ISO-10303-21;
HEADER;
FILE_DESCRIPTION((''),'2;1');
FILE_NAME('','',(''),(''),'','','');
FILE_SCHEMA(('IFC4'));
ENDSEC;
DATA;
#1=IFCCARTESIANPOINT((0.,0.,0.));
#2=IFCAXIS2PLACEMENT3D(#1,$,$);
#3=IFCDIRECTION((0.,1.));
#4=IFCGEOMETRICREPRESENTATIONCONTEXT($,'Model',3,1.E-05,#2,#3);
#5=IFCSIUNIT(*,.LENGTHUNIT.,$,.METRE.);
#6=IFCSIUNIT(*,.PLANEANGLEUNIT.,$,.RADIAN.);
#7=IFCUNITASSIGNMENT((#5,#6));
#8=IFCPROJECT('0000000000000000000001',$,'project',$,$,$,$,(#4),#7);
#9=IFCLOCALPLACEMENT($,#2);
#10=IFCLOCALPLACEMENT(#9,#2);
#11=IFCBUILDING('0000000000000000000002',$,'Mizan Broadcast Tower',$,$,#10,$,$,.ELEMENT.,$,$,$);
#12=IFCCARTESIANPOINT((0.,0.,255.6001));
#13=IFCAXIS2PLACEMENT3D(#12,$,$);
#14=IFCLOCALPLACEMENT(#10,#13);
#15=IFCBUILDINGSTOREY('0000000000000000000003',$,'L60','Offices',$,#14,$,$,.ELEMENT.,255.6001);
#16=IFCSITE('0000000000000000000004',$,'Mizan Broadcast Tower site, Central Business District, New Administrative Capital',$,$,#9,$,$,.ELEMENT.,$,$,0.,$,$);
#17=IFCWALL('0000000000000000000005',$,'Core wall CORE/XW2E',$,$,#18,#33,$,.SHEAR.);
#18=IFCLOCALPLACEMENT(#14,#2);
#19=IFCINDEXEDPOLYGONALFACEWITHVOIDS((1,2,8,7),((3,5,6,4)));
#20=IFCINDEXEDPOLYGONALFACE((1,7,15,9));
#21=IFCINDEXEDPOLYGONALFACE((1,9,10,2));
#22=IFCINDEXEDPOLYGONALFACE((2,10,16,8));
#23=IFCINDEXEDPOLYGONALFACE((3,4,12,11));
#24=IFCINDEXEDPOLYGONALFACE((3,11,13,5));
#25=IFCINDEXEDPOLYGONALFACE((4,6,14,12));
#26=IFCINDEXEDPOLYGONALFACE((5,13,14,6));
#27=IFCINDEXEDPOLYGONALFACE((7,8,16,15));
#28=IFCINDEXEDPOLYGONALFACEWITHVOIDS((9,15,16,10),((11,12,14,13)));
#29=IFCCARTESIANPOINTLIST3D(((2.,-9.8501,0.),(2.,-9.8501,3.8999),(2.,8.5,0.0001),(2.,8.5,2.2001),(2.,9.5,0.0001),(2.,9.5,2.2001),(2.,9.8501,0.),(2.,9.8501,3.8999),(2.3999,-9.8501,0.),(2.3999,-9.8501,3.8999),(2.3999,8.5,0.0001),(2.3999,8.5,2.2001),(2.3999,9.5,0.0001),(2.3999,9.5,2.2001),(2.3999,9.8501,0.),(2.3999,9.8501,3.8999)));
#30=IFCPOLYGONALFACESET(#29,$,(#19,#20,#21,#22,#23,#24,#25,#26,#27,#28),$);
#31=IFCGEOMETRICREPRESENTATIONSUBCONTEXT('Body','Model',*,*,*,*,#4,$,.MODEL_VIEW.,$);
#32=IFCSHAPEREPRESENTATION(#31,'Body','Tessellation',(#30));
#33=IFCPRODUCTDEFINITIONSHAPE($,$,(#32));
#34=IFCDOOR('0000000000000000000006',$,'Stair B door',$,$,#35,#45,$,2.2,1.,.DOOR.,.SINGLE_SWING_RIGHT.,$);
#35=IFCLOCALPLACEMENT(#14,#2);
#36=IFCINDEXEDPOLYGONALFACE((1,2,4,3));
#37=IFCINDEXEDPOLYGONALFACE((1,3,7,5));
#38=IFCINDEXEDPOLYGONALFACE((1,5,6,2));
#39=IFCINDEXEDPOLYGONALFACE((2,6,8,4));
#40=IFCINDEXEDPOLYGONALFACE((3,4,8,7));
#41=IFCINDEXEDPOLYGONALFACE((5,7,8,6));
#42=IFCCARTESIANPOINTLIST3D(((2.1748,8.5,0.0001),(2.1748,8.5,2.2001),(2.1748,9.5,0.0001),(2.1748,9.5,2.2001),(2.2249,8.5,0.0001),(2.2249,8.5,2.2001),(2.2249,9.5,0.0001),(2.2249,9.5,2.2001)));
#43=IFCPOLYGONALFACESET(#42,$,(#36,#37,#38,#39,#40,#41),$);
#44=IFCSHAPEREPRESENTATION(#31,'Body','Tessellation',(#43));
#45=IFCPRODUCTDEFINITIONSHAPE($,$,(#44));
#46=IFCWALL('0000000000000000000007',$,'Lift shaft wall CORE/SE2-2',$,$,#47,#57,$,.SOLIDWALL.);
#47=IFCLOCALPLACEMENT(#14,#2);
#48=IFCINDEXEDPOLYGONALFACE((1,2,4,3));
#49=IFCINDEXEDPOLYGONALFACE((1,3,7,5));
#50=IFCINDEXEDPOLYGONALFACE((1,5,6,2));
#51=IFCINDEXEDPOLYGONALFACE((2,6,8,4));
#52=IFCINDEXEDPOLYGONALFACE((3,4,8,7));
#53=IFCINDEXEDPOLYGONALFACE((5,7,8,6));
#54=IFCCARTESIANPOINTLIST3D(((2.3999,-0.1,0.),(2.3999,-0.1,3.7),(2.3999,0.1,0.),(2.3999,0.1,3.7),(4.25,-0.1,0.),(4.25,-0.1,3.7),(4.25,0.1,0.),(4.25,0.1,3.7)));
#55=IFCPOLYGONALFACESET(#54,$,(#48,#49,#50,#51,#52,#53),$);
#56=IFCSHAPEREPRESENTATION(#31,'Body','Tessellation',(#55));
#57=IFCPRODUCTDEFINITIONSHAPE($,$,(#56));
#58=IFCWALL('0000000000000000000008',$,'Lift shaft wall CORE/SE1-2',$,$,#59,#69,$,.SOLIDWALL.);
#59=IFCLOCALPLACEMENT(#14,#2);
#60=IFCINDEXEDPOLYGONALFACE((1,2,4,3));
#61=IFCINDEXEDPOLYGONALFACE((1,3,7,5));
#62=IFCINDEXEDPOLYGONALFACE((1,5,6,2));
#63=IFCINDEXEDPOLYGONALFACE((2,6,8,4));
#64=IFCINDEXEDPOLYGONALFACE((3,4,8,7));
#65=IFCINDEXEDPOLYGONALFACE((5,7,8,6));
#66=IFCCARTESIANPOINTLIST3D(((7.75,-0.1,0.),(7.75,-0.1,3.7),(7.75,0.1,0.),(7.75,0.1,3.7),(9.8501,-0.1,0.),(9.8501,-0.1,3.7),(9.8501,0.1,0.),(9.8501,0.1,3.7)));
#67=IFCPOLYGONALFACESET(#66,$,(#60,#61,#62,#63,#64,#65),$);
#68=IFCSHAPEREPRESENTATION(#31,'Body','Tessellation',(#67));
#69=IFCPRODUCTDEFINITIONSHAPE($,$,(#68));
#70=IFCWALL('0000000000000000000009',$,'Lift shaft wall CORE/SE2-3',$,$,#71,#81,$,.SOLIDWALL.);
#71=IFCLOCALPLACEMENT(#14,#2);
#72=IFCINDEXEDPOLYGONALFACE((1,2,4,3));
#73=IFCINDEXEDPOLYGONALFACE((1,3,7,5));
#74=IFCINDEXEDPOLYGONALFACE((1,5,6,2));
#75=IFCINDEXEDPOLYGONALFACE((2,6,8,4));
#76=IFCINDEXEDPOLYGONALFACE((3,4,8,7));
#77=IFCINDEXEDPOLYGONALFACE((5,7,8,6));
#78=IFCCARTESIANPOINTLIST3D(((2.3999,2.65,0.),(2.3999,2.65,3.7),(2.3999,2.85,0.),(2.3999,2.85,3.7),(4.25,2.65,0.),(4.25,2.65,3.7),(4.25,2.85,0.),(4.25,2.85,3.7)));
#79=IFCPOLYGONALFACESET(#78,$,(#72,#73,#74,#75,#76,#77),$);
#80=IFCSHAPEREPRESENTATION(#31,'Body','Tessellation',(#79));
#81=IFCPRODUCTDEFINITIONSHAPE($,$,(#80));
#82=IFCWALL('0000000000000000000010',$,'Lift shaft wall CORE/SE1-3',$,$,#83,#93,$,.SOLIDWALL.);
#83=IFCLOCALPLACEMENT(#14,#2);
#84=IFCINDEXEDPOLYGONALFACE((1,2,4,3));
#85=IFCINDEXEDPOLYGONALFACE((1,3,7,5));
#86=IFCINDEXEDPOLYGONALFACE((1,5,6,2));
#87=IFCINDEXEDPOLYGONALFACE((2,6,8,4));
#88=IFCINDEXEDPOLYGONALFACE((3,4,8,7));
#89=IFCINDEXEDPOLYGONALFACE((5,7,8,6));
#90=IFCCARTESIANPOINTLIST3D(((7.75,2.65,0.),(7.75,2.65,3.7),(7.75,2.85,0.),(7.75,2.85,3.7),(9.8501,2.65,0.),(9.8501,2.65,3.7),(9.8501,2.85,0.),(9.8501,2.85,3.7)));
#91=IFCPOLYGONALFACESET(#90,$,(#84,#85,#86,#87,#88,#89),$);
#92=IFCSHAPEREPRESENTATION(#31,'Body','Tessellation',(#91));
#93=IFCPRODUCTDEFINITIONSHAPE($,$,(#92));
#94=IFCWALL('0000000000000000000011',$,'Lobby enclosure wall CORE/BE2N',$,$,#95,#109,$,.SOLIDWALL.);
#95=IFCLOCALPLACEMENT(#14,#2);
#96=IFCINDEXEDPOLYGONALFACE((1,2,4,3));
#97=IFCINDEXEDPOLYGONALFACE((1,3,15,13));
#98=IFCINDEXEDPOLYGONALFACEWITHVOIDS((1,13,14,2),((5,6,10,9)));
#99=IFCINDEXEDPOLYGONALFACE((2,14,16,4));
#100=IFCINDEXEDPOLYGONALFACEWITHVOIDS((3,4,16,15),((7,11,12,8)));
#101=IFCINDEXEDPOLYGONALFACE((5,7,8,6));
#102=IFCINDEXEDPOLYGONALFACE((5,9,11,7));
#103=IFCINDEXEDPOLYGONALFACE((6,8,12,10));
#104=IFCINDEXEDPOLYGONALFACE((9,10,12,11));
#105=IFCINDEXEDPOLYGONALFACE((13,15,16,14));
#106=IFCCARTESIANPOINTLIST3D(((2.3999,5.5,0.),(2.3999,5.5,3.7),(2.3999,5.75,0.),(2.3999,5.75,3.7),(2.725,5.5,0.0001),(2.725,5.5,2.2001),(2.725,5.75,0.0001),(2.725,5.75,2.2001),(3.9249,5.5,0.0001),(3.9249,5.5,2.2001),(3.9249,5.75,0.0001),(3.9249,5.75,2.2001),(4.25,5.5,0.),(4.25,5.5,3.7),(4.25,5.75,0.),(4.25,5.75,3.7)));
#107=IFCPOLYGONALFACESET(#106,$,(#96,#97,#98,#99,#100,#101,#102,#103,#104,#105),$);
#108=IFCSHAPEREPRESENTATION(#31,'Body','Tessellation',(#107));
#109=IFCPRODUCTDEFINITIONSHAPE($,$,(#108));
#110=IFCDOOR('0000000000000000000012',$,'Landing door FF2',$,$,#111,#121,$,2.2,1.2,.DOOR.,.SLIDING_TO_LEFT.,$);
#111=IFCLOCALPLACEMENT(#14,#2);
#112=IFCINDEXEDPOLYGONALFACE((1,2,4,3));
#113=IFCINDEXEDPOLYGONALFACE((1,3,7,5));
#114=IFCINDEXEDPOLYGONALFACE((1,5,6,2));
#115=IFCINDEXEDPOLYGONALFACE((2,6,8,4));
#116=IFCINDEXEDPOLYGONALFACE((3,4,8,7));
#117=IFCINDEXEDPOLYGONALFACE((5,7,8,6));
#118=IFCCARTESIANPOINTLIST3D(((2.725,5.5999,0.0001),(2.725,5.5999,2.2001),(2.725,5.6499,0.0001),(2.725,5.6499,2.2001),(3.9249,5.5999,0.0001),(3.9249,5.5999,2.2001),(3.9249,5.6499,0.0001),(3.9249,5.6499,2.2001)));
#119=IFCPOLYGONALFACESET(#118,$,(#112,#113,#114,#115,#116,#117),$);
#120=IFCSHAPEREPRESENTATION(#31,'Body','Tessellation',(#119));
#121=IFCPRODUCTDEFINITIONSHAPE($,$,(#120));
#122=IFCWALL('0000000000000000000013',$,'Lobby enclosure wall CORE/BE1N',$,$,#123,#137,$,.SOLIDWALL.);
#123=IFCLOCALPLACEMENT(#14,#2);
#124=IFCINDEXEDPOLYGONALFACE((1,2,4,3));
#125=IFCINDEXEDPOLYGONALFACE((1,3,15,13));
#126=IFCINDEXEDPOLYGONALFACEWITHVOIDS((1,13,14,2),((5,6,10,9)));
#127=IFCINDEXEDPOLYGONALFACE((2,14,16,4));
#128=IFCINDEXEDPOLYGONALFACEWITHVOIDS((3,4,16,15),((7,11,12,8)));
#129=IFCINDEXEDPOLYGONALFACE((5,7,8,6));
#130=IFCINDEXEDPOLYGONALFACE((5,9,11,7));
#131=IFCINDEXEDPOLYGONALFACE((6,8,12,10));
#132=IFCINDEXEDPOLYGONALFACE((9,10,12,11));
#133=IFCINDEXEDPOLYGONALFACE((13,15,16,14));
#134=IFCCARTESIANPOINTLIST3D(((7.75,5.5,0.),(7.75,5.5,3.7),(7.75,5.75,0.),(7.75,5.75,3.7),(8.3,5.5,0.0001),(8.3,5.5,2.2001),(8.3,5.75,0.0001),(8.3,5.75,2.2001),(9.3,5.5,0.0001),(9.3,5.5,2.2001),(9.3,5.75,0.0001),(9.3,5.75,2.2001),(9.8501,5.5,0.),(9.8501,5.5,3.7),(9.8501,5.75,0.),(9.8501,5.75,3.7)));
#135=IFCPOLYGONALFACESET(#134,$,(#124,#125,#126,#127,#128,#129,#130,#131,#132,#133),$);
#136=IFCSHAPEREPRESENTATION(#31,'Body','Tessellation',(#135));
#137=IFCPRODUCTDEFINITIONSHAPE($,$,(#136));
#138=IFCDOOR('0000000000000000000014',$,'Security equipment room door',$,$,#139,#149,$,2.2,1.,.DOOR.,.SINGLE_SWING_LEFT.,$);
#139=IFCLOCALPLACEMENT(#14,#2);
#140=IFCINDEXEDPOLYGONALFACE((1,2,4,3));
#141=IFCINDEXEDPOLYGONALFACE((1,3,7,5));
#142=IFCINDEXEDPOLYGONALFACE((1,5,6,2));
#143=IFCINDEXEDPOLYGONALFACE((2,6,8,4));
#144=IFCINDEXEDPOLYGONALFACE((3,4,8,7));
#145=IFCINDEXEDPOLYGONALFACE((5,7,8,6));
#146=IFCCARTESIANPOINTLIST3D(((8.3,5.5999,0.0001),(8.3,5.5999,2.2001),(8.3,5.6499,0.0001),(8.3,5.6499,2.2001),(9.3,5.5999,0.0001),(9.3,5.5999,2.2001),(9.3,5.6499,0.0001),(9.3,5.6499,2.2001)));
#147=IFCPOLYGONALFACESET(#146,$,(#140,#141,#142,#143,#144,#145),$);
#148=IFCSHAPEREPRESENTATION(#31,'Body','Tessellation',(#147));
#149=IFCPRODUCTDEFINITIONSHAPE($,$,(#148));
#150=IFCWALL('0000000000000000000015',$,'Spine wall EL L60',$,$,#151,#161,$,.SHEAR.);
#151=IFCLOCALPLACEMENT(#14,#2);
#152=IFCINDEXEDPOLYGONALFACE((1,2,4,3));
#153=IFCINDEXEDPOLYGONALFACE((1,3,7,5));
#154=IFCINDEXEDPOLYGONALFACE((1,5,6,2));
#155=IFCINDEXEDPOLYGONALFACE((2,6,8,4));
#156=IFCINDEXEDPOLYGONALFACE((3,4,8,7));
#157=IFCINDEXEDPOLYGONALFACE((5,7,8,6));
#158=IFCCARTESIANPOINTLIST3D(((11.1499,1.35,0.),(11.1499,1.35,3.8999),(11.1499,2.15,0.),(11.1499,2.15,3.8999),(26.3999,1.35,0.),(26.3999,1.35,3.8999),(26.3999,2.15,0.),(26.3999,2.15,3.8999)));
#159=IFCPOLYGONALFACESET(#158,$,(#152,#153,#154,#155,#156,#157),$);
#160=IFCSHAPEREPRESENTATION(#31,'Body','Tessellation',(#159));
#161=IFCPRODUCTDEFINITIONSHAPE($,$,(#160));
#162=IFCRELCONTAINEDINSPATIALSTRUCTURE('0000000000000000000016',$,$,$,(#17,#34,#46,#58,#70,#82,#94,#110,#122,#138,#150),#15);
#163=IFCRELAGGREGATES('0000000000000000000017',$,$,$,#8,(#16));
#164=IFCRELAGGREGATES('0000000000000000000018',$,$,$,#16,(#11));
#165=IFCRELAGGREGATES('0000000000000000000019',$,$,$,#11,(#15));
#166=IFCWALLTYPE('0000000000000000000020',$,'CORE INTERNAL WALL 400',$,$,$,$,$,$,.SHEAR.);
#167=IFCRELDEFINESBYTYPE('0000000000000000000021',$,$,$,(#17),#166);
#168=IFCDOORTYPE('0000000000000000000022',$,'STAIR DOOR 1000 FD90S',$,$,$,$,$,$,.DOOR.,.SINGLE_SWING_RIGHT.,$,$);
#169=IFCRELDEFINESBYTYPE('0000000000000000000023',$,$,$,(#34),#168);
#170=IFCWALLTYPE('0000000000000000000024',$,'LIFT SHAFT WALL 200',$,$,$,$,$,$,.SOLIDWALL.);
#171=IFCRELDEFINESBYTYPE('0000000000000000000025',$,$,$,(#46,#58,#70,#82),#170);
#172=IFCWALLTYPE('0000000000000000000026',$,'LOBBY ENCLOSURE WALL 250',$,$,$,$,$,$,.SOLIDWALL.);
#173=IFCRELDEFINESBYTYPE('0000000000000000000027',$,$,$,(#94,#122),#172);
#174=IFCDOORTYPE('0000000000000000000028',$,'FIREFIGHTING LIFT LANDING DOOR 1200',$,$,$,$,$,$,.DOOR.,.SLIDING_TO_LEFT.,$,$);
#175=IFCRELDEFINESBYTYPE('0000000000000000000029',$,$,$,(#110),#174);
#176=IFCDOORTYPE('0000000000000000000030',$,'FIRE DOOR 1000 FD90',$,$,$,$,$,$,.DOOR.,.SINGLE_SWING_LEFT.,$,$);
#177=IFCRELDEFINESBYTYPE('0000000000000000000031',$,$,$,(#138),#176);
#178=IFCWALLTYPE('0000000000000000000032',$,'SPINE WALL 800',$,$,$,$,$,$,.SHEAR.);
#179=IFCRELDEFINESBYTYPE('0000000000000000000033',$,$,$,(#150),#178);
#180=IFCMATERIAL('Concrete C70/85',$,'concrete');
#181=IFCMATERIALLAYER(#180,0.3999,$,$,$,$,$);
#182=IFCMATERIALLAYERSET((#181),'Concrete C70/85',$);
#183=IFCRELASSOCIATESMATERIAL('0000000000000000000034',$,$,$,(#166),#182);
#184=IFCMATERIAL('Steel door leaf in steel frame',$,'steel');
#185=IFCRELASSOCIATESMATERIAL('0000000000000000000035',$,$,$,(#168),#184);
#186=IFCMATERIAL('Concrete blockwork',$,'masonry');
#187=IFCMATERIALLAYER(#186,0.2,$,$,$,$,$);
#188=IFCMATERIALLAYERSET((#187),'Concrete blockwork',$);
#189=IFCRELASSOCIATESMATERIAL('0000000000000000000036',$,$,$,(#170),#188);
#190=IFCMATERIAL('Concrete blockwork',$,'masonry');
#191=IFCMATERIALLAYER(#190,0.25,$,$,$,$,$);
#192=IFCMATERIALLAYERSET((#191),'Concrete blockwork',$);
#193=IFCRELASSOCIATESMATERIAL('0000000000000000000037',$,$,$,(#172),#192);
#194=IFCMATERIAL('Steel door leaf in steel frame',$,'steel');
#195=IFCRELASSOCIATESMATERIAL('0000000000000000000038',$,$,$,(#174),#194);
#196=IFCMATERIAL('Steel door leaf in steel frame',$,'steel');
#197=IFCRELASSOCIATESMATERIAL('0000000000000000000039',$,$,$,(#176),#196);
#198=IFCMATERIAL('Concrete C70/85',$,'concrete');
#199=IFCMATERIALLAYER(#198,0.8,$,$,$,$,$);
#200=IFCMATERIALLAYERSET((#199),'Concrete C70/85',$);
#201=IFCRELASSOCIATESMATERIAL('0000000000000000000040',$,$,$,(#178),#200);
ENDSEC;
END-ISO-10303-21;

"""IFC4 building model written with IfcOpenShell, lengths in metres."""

from ifc_helpers import new_model, si_unit, direction, frame, frame_2d, origin, place, context, subcontext, project, spatial, rectangle, extrude, material, layer, layer_set, type_object, element, fill, save


model = new_model("IFC4")

# Units and contexts
model_context = context("Model", 3, precision=1e-05, world=origin(), true_north=direction((0.0, 1.0)))
body_context = subcontext(model_context, "Body", "Model", "MODEL_VIEW")
ifc_project = project(units=[si_unit("LENGTHUNIT", "METRE"), si_unit("PLANEANGLEUNIT", "RADIAN")], contexts=[model_context])

# Site, building, storey
site_placement = place(None, origin())
site = spatial("IfcSite", under=ifc_project, at=site_placement, Name="Mizan Broadcast Tower site, Central Business District, New Administrative Capital", CompositionType="ELEMENT", RefElevation=0.0)
building_placement = place(site_placement, origin())
building = spatial("IfcBuilding", under=site, at=building_placement, Name="Mizan Broadcast Tower", CompositionType="ELEMENT")
storey_placement = place(building_placement, frame((0.0, 0.0, 255.6001)))
storey = spatial("IfcBuildingStorey", under=building, at=storey_placement, Name="L60", Description="Offices", CompositionType="ELEMENT", Elevation=255.6001)

# Wall, opening, door
ifc_material_1 = material(Name="Concrete C70/85", Category="concrete")
ifc_layer_1 = layer(ifc_material_1, 0.3999)
ifc_layer_set_1 = layer_set([ifc_layer_1], Name="Concrete C70/85")
wall_type_1 = type_object("IfcWallType", Name="CORE INTERNAL WALL 400", PredefinedType="SHEAR", material=ifc_layer_set_1)
wall_1_placement = place(storey_placement, frame((2.2, 9.8501, 0.0), z_axis=(0.0, 0.0, 1.0), x_axis=(0.0, -1.0, 0.0)))
wall_1 = element("IfcWall", 1, at=wall_1_placement, inside=storey, type_object=wall_type_1, Name="Core wall CORE/XW2E", PredefinedType="SHEAR", context=body_context, shape_type="SweptSolid", body=[
    extrude(rectangle(XDim=19.7002, YDim=0.3999, at=frame_2d((9.8501, 0.0))), origin(), (0.0, 0.0, 1.0), 3.8999),
])
opening_1_placement = place(wall_1_placement, frame((0.3501, 0.0, 0.0)))
opening_1 = element("IfcOpeningElement", 2, at=opening_1_placement, cuts=wall_1, PredefinedType="OPENING", context=body_context, shape_type="SweptSolid", body=[
    extrude(rectangle(XDim=1.0, YDim=2.2, at=frame_2d((0.5, 1.1001))), frame((0.0, 0.21, 0.0), z_axis=(0.0, -1.0, 0.0), x_axis=(1.0, 0.0, 0.0)), (0.0, 0.0, 1.0), 0.4199),
])
ifc_material_2 = material(Name="Steel door leaf in steel frame", Category="steel")
door_type_1 = type_object("IfcDoorType", Name="STAIR DOOR 1000 FD90S", OperationType="SINGLE_SWING_RIGHT", PredefinedType="DOOR", material=ifc_material_2)
door_1_placement = place(opening_1_placement, origin())
door_1 = element("IfcDoor", 3, at=door_1_placement, inside=storey, type_object=door_type_1, Name="Stair B door", OperationType="SINGLE_SWING_RIGHT", OverallHeight=2.2, OverallWidth=1.0, PredefinedType="DOOR", context=body_context, shape_type="SweptSolid", body=[
    extrude(rectangle(XDim=1.0, YDim=2.2, at=frame_2d((0.5, 1.1001))), frame((0.0, 0.0249, 0.0), z_axis=(0.0, -1.0, 0.0), x_axis=(1.0, 0.0, 0.0)), (0.0, 0.0, 1.0), 0.05),
])
fill(opening_1, door_1)

# Walls
ifc_material_3 = material(Name="Concrete blockwork", Category="masonry")
ifc_layer_2 = layer(ifc_material_3, 0.2)
ifc_layer_set_2 = layer_set([ifc_layer_2], Name="Concrete blockwork")
wall_type_2 = type_object("IfcWallType", Name="LIFT SHAFT WALL 200", PredefinedType="SOLIDWALL", material=ifc_layer_set_2)
wall_2_placement = place(storey_placement, frame((2.3999, 0.0, 0.0), z_axis=(0.0, 0.0, 1.0), x_axis=(1.0, 0.0, 0.0)))
element("IfcWall", 4, at=wall_2_placement, inside=storey, type_object=wall_type_2, Name="Lift shaft wall CORE/SE2-2", PredefinedType="SOLIDWALL", context=body_context, shape_type="SweptSolid", body=[
    extrude(rectangle(XDim=1.8501, YDim=0.2, at=frame_2d((0.925, 0.0))), origin(), (0.0, 0.0, 1.0), 3.7),
])
wall_3_placement = place(storey_placement, frame((7.75, 0.0, 0.0), z_axis=(0.0, 0.0, 1.0), x_axis=(1.0, 0.0, 0.0)))
element("IfcWall", 5, at=wall_3_placement, inside=storey, type_object=wall_type_2, Name="Lift shaft wall CORE/SE1-2", PredefinedType="SOLIDWALL", context=body_context, shape_type="SweptSolid", body=[
    extrude(rectangle(XDim=2.1001, YDim=0.2, at=frame_2d((1.05, 0.0))), origin(), (0.0, 0.0, 1.0), 3.7),
])
wall_4_placement = place(storey_placement, frame((2.3999, 2.75, 0.0), z_axis=(0.0, 0.0, 1.0), x_axis=(1.0, 0.0, 0.0)))
element("IfcWall", 6, at=wall_4_placement, inside=storey, type_object=wall_type_2, Name="Lift shaft wall CORE/SE2-3", PredefinedType="SOLIDWALL", context=body_context, shape_type="SweptSolid", body=[
    extrude(rectangle(XDim=1.8501, YDim=0.2, at=frame_2d((0.925, 0.0))), origin(), (0.0, 0.0, 1.0), 3.7),
])
wall_5_placement = place(storey_placement, frame((7.75, 2.75, 0.0), z_axis=(0.0, 0.0, 1.0), x_axis=(1.0, 0.0, 0.0)))
element("IfcWall", 7, at=wall_5_placement, inside=storey, type_object=wall_type_2, Name="Lift shaft wall CORE/SE1-3", PredefinedType="SOLIDWALL", context=body_context, shape_type="SweptSolid", body=[
    extrude(rectangle(XDim=2.1001, YDim=0.2, at=frame_2d((1.05, 0.0))), origin(), (0.0, 0.0, 1.0), 3.7),
])

# Walls, openings, doors
ifc_material_4 = material(Name="Concrete blockwork", Category="masonry")
ifc_layer_3 = layer(ifc_material_4, 0.25)
ifc_layer_set_3 = layer_set([ifc_layer_3], Name="Concrete blockwork")
wall_type_3 = type_object("IfcWallType", Name="LOBBY ENCLOSURE WALL 250", PredefinedType="SOLIDWALL", material=ifc_layer_set_3)
wall_6_placement = place(storey_placement, frame((2.3999, 5.625, 0.0), z_axis=(0.0, 0.0, 1.0), x_axis=(1.0, 0.0, 0.0)))
wall_6 = element("IfcWall", 8, at=wall_6_placement, inside=storey, type_object=wall_type_3, Name="Lobby enclosure wall CORE/BE2N", PredefinedType="SOLIDWALL", context=body_context, shape_type="SweptSolid", body=[
    extrude(rectangle(XDim=1.8501, YDim=0.25, at=frame_2d((0.925, 0.0))), origin(), (0.0, 0.0, 1.0), 3.7),
])
opening_2_placement = place(wall_6_placement, frame((0.325, 0.0, 0.0)))
opening_2 = element("IfcOpeningElement", 9, at=opening_2_placement, cuts=wall_6, PredefinedType="OPENING", context=body_context, shape_type="SweptSolid", body=[
    extrude(rectangle(XDim=1.2, YDim=2.2, at=frame_2d((0.6001, 1.1001))), frame((0.0, 0.135, 0.0), z_axis=(0.0, -1.0, 0.0), x_axis=(1.0, 0.0, 0.0)), (0.0, 0.0, 1.0), 0.27),
])
ifc_material_5 = material(Name="Steel door leaf in steel frame", Category="steel")
door_type_2 = type_object("IfcDoorType", Name="FIREFIGHTING LIFT LANDING DOOR 1200", OperationType="SLIDING_TO_LEFT", PredefinedType="DOOR", material=ifc_material_5)
door_2_placement = place(opening_2_placement, origin())
door_2 = element("IfcDoor", 10, at=door_2_placement, inside=storey, type_object=door_type_2, Name="Landing door FF2", OperationType="SLIDING_TO_LEFT", OverallHeight=2.2, OverallWidth=1.2, PredefinedType="DOOR", context=body_context, shape_type="SweptSolid", body=[
    extrude(rectangle(XDim=1.2, YDim=2.2, at=frame_2d((0.6001, 1.1001))), frame((0.0, 0.0249, 0.0), z_axis=(0.0, -1.0, 0.0), x_axis=(1.0, 0.0, 0.0)), (0.0, 0.0, 1.0), 0.05),
])
fill(opening_2, door_2)
wall_7_placement = place(storey_placement, frame((7.75, 5.625, 0.0), z_axis=(0.0, 0.0, 1.0), x_axis=(1.0, 0.0, 0.0)))
wall_7 = element("IfcWall", 11, at=wall_7_placement, inside=storey, type_object=wall_type_3, Name="Lobby enclosure wall CORE/BE1N", PredefinedType="SOLIDWALL", context=body_context, shape_type="SweptSolid", body=[
    extrude(rectangle(XDim=2.1001, YDim=0.25, at=frame_2d((1.05, 0.0))), origin(), (0.0, 0.0, 1.0), 3.7),
])
opening_3_placement = place(wall_7_placement, frame((0.55, 0.0, 0.0)))
opening_3 = element("IfcOpeningElement", 12, at=opening_3_placement, cuts=wall_7, PredefinedType="OPENING", context=body_context, shape_type="SweptSolid", body=[
    extrude(rectangle(XDim=1.0, YDim=2.2, at=frame_2d((0.5, 1.1001))), frame((0.0, 0.135, 0.0), z_axis=(0.0, -1.0, 0.0), x_axis=(1.0, 0.0, 0.0)), (0.0, 0.0, 1.0), 0.27),
])
ifc_material_6 = material(Name="Steel door leaf in steel frame", Category="steel")
door_type_3 = type_object("IfcDoorType", Name="FIRE DOOR 1000 FD90", OperationType="SINGLE_SWING_LEFT", PredefinedType="DOOR", material=ifc_material_6)
door_3_placement = place(opening_3_placement, origin())
door_3 = element("IfcDoor", 13, at=door_3_placement, inside=storey, type_object=door_type_3, Name="Security equipment room door", OperationType="SINGLE_SWING_LEFT", OverallHeight=2.2, OverallWidth=1.0, PredefinedType="DOOR", context=body_context, shape_type="SweptSolid", body=[
    extrude(rectangle(XDim=1.0, YDim=2.2, at=frame_2d((0.5, 1.1001))), frame((0.0, 0.0249, 0.0), z_axis=(0.0, -1.0, 0.0), x_axis=(1.0, 0.0, 0.0)), (0.0, 0.0, 1.0), 0.05),
])
fill(opening_3, door_3)

# Wall
ifc_material_7 = material(Name="Concrete C70/85", Category="concrete")
ifc_layer_4 = layer(ifc_material_7, 0.8)
ifc_layer_set_4 = layer_set([ifc_layer_4], Name="Concrete C70/85")
wall_type_4 = type_object("IfcWallType", Name="SPINE WALL 800", PredefinedType="SHEAR", material=ifc_layer_set_4)
wall_8_placement = place(storey_placement, frame((11.1499, 1.75, 0.0), z_axis=(0.0, 0.0, 1.0), x_axis=(1.0, 0.0, 0.0)))
element("IfcWall", 14, at=wall_8_placement, inside=storey, type_object=wall_type_4, Name="Spine wall EL L60", PredefinedType="SHEAR", context=body_context, shape_type="SweptSolid", body=[
    extrude(rectangle(XDim=15.25, YDim=0.8, at=frame_2d((7.625, 0.0))), origin(), (0.0, 0.0, 1.0), 3.8999),
])

save(model, "model.ifc")
